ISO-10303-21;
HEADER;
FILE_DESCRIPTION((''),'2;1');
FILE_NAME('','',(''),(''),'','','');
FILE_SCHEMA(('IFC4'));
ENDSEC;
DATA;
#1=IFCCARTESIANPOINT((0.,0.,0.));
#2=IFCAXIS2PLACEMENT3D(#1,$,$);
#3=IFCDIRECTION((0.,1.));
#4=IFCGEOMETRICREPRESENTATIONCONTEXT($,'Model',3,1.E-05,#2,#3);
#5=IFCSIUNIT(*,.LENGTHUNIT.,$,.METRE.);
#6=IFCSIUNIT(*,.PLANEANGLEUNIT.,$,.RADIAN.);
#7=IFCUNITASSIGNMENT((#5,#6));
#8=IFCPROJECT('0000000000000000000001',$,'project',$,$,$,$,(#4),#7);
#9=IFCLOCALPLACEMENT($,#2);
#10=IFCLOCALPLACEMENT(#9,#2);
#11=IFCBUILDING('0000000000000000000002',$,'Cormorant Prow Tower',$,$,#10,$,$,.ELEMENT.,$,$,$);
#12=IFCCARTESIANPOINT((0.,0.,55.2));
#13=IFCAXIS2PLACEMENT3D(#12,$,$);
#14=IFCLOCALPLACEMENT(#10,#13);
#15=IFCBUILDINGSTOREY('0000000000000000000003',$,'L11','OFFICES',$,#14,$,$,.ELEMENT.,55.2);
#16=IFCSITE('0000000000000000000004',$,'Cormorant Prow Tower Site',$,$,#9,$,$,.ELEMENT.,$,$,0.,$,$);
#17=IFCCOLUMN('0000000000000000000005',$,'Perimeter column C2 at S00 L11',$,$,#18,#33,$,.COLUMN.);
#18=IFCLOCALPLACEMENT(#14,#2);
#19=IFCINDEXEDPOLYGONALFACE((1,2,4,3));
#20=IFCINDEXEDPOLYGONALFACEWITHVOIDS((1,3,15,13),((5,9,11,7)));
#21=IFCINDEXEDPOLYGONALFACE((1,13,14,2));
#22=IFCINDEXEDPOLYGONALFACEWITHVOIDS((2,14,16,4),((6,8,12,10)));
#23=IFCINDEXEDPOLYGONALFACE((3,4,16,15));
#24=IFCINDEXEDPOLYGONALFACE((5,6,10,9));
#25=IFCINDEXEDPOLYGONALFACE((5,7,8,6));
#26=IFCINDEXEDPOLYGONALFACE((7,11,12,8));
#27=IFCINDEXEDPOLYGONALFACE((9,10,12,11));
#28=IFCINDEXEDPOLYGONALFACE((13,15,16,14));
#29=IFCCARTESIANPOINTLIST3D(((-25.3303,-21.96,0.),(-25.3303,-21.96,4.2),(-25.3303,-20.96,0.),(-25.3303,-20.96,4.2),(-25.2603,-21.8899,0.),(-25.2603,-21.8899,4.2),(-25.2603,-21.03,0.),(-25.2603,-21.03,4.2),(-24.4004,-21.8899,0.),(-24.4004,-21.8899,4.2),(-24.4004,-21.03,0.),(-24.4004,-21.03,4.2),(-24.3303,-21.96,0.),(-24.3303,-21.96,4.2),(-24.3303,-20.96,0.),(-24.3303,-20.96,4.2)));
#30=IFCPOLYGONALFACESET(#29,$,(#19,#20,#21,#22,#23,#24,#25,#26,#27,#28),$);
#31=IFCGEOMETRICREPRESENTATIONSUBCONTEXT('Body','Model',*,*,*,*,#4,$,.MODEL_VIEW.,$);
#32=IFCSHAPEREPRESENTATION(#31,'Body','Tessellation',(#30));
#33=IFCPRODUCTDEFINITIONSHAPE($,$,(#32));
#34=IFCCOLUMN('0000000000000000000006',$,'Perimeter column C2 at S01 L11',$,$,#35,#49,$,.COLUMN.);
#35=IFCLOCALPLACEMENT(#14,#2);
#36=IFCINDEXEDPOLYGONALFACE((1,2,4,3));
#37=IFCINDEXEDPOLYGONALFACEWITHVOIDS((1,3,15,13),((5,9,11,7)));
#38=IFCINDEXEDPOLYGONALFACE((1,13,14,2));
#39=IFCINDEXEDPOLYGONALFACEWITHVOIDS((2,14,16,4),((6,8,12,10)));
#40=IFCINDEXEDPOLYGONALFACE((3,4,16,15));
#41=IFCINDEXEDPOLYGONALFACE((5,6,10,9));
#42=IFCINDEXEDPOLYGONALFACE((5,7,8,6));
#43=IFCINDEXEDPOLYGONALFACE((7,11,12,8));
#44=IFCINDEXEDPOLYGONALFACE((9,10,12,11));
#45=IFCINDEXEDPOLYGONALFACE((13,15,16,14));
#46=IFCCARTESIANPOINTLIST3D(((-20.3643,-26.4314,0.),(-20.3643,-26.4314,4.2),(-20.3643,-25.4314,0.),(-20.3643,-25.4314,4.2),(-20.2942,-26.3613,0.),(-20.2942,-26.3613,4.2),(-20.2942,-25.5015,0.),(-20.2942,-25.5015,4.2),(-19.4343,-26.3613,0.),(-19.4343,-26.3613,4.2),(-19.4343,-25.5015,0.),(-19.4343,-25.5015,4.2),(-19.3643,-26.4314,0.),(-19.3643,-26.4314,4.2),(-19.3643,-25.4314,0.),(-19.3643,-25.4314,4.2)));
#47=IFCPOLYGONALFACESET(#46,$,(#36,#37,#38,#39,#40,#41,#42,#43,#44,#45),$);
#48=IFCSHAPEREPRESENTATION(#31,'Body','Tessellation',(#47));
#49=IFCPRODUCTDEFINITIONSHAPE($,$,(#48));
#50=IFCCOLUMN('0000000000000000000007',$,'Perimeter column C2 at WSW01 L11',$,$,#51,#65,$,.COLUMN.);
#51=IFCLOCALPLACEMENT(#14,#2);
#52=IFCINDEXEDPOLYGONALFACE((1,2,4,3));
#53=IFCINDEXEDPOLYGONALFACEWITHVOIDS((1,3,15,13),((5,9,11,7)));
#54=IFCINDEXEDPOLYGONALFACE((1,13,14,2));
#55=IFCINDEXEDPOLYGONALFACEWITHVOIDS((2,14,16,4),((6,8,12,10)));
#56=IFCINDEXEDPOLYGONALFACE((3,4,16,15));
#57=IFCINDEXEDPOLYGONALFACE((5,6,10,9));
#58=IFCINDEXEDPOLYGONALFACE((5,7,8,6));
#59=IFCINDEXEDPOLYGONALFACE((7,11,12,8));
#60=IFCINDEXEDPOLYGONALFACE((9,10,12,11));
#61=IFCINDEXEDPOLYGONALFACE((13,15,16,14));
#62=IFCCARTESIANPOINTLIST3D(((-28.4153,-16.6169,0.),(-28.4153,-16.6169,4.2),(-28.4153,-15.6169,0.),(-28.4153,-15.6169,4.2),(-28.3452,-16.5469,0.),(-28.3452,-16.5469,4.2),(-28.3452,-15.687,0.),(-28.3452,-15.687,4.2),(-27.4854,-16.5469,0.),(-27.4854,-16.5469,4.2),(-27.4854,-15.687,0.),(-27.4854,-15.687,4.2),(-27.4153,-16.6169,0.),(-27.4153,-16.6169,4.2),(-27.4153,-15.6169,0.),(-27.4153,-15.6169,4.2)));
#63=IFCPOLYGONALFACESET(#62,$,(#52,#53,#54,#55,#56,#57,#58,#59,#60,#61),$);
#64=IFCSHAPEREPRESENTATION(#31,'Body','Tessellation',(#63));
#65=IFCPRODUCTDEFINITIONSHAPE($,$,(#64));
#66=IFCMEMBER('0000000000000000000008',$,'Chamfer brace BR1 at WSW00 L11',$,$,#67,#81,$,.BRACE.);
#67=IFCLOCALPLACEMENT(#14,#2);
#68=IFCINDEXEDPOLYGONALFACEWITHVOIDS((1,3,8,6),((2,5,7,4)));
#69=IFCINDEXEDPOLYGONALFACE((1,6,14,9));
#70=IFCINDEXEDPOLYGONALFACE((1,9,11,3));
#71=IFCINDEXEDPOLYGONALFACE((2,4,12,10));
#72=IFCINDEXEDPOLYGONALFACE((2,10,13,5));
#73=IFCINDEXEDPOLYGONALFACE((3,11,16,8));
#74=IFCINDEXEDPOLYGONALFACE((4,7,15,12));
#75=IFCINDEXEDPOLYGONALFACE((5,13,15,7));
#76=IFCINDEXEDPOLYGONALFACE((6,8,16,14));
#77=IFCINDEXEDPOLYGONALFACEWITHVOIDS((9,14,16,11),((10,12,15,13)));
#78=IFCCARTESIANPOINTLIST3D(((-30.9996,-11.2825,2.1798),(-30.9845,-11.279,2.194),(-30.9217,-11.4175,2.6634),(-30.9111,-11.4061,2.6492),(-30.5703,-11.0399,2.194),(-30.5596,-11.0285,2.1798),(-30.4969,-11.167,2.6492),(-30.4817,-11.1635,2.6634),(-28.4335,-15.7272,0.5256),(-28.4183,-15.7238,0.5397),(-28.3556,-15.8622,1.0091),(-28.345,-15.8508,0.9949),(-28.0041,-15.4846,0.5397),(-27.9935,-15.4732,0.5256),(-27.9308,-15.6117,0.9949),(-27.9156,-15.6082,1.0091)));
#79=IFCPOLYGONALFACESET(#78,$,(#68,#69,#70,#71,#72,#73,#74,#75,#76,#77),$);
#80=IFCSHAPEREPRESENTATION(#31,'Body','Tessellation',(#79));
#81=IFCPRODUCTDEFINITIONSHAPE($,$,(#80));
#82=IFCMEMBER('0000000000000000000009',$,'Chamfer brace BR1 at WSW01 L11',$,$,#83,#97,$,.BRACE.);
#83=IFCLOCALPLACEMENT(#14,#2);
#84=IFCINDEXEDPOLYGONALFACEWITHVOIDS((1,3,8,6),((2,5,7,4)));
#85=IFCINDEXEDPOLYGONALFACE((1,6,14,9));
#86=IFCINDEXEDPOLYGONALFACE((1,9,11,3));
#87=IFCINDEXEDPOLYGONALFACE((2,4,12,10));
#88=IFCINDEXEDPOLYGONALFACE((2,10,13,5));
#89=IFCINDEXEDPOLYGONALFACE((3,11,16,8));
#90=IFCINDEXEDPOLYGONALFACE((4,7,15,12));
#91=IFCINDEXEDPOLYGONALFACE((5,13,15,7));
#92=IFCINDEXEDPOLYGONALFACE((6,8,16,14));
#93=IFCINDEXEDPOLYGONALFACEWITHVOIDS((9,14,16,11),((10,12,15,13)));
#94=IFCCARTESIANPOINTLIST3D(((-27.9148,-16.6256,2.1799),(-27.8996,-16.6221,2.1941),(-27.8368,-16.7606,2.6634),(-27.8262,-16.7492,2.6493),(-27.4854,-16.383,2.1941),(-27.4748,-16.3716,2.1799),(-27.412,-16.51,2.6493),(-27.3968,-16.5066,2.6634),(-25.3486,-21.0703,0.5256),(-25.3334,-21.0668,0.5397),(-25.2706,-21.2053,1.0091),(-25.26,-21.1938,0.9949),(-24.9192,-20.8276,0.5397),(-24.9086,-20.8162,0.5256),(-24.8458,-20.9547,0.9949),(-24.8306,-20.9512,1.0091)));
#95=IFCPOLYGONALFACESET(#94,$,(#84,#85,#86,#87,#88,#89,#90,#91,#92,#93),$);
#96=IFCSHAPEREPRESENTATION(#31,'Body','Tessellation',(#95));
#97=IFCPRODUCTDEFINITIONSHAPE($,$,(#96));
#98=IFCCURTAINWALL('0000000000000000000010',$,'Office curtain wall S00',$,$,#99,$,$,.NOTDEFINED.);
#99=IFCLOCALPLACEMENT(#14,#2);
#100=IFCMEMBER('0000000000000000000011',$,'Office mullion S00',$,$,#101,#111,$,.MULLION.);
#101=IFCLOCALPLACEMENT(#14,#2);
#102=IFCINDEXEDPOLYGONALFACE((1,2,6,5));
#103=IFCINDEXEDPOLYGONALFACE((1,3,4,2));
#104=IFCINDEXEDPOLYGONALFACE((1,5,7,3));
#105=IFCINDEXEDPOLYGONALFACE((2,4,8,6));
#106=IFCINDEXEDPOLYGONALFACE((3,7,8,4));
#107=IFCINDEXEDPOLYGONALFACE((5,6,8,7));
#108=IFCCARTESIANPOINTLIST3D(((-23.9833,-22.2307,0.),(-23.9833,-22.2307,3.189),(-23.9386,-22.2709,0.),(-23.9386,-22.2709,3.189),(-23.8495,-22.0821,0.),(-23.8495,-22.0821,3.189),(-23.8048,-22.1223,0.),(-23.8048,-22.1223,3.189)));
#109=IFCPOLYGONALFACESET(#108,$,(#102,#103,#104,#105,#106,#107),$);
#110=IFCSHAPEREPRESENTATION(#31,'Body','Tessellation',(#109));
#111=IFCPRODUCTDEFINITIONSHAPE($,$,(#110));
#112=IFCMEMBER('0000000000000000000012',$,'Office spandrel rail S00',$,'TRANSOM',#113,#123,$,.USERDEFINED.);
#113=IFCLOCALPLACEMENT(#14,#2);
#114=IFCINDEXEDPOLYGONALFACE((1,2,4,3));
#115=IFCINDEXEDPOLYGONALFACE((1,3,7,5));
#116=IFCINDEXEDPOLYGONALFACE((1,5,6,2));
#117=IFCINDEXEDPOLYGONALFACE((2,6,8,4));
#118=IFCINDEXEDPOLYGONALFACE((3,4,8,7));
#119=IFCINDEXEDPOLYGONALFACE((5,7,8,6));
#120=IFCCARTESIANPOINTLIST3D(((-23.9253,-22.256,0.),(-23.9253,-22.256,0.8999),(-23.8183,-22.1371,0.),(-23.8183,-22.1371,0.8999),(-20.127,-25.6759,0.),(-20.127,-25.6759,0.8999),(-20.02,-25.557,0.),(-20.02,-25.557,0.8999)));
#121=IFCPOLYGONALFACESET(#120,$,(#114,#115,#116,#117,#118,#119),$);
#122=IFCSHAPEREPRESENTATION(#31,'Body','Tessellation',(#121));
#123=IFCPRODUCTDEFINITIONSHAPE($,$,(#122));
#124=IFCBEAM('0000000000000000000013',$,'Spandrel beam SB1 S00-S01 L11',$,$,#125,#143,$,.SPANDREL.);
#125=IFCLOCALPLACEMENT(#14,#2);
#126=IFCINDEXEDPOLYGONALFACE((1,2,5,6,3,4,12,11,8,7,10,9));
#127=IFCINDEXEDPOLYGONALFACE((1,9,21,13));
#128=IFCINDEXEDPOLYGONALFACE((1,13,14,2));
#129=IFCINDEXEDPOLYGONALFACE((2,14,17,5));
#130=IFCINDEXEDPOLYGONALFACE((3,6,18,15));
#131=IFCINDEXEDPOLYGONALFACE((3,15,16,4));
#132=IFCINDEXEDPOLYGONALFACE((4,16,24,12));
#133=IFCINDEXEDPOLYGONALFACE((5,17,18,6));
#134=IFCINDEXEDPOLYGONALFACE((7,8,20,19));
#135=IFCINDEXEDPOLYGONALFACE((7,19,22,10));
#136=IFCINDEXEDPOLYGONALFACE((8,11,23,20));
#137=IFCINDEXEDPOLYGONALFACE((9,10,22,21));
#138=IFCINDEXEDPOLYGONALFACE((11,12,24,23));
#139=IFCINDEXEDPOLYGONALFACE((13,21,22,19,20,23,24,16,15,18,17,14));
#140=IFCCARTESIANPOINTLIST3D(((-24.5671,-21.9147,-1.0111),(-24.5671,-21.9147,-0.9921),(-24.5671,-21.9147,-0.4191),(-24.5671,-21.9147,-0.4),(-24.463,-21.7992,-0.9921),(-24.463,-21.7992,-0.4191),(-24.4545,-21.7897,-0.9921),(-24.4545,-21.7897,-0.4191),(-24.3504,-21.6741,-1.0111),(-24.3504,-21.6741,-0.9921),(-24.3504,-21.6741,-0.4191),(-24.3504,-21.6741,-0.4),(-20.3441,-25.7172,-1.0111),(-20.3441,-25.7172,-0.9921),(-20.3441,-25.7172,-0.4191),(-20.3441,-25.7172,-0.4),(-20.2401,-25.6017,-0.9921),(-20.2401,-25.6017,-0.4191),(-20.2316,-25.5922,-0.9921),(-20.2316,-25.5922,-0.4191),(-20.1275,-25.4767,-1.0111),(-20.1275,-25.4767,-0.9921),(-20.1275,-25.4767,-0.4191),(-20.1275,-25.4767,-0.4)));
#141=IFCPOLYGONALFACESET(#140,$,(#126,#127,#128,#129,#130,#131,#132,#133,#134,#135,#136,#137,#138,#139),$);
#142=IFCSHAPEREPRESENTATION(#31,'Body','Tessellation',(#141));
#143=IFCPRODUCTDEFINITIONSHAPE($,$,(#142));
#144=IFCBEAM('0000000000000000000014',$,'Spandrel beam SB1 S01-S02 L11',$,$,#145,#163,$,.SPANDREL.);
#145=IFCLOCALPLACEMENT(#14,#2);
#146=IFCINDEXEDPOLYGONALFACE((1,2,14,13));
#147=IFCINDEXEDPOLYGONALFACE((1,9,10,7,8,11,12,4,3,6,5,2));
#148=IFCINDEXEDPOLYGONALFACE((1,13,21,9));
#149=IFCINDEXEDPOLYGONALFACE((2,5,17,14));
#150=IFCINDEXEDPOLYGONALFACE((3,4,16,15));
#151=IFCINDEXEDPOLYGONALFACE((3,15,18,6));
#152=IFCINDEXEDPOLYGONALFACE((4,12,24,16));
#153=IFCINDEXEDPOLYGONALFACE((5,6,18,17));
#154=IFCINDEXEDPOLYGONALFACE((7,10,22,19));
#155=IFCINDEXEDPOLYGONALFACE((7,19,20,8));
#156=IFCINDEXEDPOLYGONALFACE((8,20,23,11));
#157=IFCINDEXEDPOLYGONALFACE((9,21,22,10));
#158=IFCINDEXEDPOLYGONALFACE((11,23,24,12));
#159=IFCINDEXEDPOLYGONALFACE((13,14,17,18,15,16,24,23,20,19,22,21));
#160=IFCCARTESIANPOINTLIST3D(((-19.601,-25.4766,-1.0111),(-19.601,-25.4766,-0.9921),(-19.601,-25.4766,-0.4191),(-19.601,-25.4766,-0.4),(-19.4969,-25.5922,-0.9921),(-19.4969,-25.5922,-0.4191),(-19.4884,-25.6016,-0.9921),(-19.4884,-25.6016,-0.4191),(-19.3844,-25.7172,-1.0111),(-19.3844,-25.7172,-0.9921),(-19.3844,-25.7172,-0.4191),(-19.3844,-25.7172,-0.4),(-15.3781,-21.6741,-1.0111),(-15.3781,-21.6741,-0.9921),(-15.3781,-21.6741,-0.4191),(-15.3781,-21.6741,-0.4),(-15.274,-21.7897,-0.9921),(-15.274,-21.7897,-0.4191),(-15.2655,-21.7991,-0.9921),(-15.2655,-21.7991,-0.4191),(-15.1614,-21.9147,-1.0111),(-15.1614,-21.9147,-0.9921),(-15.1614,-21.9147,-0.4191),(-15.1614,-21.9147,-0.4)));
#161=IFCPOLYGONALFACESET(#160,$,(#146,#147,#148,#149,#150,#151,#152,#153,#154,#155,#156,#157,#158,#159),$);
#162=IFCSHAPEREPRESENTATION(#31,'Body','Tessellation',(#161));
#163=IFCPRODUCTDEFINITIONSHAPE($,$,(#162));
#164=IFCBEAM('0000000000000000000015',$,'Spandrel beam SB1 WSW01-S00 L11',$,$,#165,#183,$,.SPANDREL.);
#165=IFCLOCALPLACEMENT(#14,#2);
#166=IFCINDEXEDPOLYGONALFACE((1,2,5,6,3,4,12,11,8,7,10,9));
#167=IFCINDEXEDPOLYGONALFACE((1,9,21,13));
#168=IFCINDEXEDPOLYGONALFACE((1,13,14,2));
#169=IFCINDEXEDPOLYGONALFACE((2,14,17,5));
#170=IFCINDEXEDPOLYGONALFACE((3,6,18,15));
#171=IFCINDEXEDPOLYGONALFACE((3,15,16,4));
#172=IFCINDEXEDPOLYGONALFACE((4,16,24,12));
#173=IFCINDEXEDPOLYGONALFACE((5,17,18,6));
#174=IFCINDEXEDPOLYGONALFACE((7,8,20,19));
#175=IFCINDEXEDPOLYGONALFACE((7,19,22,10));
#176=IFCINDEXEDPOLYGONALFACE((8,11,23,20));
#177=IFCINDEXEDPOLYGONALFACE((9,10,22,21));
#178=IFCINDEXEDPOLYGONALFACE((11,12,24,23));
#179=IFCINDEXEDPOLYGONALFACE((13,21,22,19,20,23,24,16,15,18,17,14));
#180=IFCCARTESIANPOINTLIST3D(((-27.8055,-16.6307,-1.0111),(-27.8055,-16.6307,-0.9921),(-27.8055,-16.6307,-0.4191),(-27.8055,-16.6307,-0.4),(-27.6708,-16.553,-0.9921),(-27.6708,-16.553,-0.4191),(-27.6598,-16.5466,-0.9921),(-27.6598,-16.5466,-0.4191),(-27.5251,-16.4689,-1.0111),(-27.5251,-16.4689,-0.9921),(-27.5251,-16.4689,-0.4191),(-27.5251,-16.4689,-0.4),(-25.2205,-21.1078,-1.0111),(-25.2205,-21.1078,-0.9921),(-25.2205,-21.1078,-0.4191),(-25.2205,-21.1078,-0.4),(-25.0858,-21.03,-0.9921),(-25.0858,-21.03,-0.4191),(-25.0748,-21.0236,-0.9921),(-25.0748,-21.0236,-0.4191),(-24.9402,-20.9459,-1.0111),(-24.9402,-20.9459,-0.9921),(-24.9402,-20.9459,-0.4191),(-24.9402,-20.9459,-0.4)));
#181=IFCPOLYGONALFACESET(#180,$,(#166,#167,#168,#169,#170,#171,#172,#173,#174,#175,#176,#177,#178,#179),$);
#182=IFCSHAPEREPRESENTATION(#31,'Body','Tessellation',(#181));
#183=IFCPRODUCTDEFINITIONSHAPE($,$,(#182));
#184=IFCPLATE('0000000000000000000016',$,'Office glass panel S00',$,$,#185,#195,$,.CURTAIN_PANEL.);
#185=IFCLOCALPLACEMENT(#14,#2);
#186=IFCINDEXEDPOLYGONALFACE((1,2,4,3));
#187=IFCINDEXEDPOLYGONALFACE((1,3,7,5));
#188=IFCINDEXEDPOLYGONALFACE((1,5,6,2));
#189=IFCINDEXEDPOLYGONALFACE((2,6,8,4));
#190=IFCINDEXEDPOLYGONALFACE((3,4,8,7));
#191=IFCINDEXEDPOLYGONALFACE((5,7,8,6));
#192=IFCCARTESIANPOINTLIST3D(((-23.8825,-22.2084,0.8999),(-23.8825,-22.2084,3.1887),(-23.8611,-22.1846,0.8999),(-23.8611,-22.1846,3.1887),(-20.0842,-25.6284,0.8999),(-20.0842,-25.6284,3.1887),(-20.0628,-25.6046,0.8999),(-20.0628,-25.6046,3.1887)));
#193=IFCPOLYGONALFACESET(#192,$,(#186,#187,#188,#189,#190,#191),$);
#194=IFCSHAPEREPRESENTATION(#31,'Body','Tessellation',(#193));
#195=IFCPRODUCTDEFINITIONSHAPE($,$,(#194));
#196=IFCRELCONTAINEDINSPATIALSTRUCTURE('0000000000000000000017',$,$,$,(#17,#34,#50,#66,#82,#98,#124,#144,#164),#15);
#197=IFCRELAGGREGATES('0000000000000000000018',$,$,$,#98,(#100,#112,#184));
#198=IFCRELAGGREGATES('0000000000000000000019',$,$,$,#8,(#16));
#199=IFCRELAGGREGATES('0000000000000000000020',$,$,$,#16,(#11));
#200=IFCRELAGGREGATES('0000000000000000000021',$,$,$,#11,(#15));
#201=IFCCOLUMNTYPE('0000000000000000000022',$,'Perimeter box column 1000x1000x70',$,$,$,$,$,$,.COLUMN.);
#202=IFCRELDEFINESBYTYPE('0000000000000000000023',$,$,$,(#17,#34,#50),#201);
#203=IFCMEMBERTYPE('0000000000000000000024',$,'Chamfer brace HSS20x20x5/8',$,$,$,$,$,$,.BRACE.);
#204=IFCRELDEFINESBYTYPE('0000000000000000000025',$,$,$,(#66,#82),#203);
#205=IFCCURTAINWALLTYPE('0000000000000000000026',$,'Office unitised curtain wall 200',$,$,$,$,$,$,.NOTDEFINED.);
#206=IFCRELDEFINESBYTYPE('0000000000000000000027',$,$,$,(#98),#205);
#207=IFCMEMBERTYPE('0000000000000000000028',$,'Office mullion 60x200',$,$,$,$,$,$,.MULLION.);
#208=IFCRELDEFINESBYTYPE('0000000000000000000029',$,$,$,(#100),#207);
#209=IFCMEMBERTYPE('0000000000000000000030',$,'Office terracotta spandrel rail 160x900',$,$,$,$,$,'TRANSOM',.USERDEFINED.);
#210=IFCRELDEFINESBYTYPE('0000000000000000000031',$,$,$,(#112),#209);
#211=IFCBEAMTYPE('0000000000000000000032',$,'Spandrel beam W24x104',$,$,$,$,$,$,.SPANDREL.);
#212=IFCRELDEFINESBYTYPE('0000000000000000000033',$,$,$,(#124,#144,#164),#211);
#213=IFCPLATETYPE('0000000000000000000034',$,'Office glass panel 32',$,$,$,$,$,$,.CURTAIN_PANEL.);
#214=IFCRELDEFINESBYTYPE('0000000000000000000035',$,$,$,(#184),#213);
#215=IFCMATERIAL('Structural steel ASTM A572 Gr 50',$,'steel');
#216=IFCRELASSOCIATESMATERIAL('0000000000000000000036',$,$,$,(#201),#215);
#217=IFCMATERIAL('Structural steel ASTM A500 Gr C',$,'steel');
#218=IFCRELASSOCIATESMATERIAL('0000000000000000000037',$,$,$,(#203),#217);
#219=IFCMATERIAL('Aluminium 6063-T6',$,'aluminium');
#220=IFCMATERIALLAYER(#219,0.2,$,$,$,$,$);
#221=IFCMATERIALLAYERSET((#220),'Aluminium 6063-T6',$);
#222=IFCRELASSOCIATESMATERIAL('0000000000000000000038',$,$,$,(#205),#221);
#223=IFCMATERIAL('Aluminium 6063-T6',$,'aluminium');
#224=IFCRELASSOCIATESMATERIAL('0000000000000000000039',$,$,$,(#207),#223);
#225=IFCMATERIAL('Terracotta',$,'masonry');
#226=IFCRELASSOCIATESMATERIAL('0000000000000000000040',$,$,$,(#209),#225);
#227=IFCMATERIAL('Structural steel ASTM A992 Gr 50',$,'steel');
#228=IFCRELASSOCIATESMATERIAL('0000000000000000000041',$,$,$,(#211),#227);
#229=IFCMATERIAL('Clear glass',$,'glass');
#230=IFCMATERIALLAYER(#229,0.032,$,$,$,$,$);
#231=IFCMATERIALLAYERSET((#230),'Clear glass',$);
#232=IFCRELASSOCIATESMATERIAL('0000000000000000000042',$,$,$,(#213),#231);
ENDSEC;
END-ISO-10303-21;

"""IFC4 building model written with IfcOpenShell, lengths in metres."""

from ifc_helpers import new_model, si_unit, direction, frame, origin, origin_2d, place, context, subcontext, project, spatial, rectangle, hollow_rectangle, i_section, extrude, material, layer, layer_set, material_profile, profile_set, type_object, element, aggregate, save


model = new_model("IFC4")

# Units and contexts
model_context = context("Model", 3, precision=1e-05, world=origin(), true_north=direction((0.0, 1.0)))
body_context = subcontext(model_context, "Body", "Model", "MODEL_VIEW")
ifc_project = project(units=[si_unit("LENGTHUNIT", "METRE"), si_unit("PLANEANGLEUNIT", "RADIAN")], contexts=[model_context])

# Site, building, storey
site_placement = place(None, origin())
site = spatial("IfcSite", under=ifc_project, at=site_placement, Name="Cormorant Prow Tower Site", CompositionType="ELEMENT", RefElevation=0.0)
building_placement = place(site_placement, origin())
building = spatial("IfcBuilding", under=site, at=building_placement, Name="Cormorant Prow Tower", CompositionType="ELEMENT")
storey_placement = place(building_placement, frame((0.0, 0.0, 55.2)))
storey = spatial("IfcBuildingStorey", under=building, at=storey_placement, Name="L11", Description="OFFICES", CompositionType="ELEMENT", Elevation=55.2)

# Columns
ifc_material_1 = material(Name="Structural steel ASTM A572 Gr 50", Category="steel")
ifc_material_profile_1 = material_profile(ifc_material_1, hollow_rectangle(XDim=1.0, YDim=1.0, WallThickness=0.0701, at=origin_2d()), Name="Box 1000x1000x70")
ifc_profile_set_1 = profile_set([ifc_material_profile_1], Name="Structural steel ASTM A572 Gr 50")
column_type = type_object("IfcColumnType", Name="Perimeter box column 1000x1000x70", PredefinedType="COLUMN", material=ifc_profile_set_1)
for number, where, z_axis, x_axis, name in (
    (1, (-24.8303, -21.46, 0.0), (0.0, 0.0, 1.0), (1.0, 0.0, 0.0), "Perimeter column C2 at S00 L11"),
    (2, (-19.8643, -25.9314, 0.0), (0.0, 0.0, 1.0), (1.0, 0.0, 0.0), "Perimeter column C2 at S01 L11"),
    (3, (-27.9153, -16.1169, 0.0), (0.0, 0.0, 1.0), (1.0, 0.0, 0.0), "Perimeter column C2 at WSW01 L11"),
):
    element("IfcColumn", number, at=place(storey_placement, frame(where, z_axis=z_axis, x_axis=x_axis)), inside=storey, type_object=column_type, Name=name, PredefinedType="COLUMN", context=body_context, shape_type="SweptSolid", body=[
        extrude(hollow_rectangle(XDim=1.0, YDim=1.0, WallThickness=0.0701, at=origin_2d()), origin(), (0.0, 0.0, 1.0), 4.2),
    ])

# Members
ifc_material_2 = material(Name="Structural steel ASTM A500 Gr C", Category="steel")
ifc_material_profile_2 = material_profile(ifc_material_2, hollow_rectangle(XDim=0.5081, YDim=0.5081, WallThickness=0.0149, at=origin_2d()), Name="HSS20x20x5/8")
ifc_profile_set_2 = profile_set([ifc_material_profile_2], Name="Structural steel ASTM A500 Gr C")
member_type_1 = type_object("IfcMemberType", Name="Chamfer brace HSS20x20x5/8", PredefinedType="BRACE", material=ifc_profile_set_2)
for number, where, z_axis, x_axis, name in (
    (4, (-28.1746, -15.6677, 0.7673), (-0.475882, 0.82427, 0.306781), (-0.86603, -0.499991, 0.0), "Chamfer brace BR1 at WSW00 L11"),
    (5, (-25.0896, -21.0107, 0.7673), (-0.4759, 0.824256, 0.306793), (-0.866018, -0.500012, 0.0), "Chamfer brace BR1 at WSW01 L11"),
):
    element("IfcMember", number, at=place(storey_placement, frame(where, z_axis=z_axis, x_axis=x_axis)), inside=storey, type_object=member_type_1, Name=name, PredefinedType="BRACE", context=body_context, shape_type="SweptSolid", body=[
        extrude(hollow_rectangle(XDim=0.5081, YDim=0.5081, WallThickness=0.0149, at=origin_2d()), origin(), (0.0, 0.0, 1.0), 5.3923),
    ])

# Curtain wall, members
ifc_material_3 = material(Name="Aluminium 6063-T6", Category="aluminium")
ifc_layer_1 = layer(ifc_material_3, 0.2)
ifc_layer_set_1 = layer_set([ifc_layer_1], Name="Aluminium 6063-T6")
curtain_wall_type = type_object("IfcCurtainWallType", Name="Office unitised curtain wall 200", PredefinedType="NOTDEFINED", material=ifc_layer_set_1)
curtain_wall_placement = place(storey_placement, origin())
curtain_wall = element("IfcCurtainWall", 6, at=curtain_wall_placement, inside=storey, type_object=curtain_wall_type, Name="Office curtain wall S00", PredefinedType="NOTDEFINED")
ifc_material_4 = material(Name="Aluminium 6063-T6", Category="aluminium")
ifc_material_profile_3 = material_profile(ifc_material_4, rectangle(XDim=0.2, YDim=0.0601, at=origin_2d()), Name="Office mullion 60x200")
ifc_profile_set_3 = profile_set([ifc_material_profile_3], Name="Aluminium 6063-T6")
member_type_2 = type_object("IfcMemberType", Name="Office mullion 60x200", PredefinedType="MULLION", material=ifc_profile_set_3)
member_1_placement = place(storey_placement, frame((-23.894, -22.1765, 0.0), z_axis=(0.0, 0.0, 1.0), x_axis=(0.669131, 0.743145, 0.0)))
member_1 = element("IfcMember", 7, at=member_1_placement, type_object=member_type_2, Name="Office mullion S00", PredefinedType="MULLION", context=body_context, shape_type="SweptSolid", body=[
    extrude(rectangle(XDim=0.2, YDim=0.0601, at=origin_2d()), origin(), (0.0, 0.0, 1.0), 3.189),
])
ifc_material_5 = material(Name="Terracotta", Category="masonry")
ifc_material_profile_4 = material_profile(ifc_material_5, rectangle(XDim=0.1599, YDim=0.8999, at=origin_2d()), Name="Office terracotta spandrel rail 160x900")
ifc_profile_set_4 = profile_set([ifc_material_profile_4], Name="Terracotta")
member_type_3 = type_object("IfcMemberType", Name="Office terracotta spandrel rail 160x900", ElementType="TRANSOM", PredefinedType="USERDEFINED", material=ifc_profile_set_4)
member_2_placement = place(storey_placement, frame((-23.8718, -22.1965, 0.45), z_axis=(0.743156, -0.669118, 0.0), x_axis=(0.669118, 0.743156, 0.0)))
member_2 = element("IfcMember", 8, at=member_2_placement, type_object=member_type_3, Name="Office spandrel rail S00", ObjectType="TRANSOM", PredefinedType="USERDEFINED", context=body_context, shape_type="SweptSolid", body=[
    extrude(rectangle(XDim=0.1599, YDim=0.8999, at=origin_2d()), origin(), (0.0, 0.0, 1.0), 5.1111),
])

# Beams
ifc_material_6 = material(Name="Structural steel ASTM A992 Gr 50", Category="steel")
ifc_material_profile_5 = material_profile(ifc_material_6, i_section(OverallWidth=0.3237, OverallDepth=0.6111, WebThickness=0.0127, FlangeThickness=0.019, at=origin_2d()), Name="W24x104")
ifc_profile_set_5 = profile_set([ifc_material_profile_5], Name="Structural steel ASTM A992 Gr 50")
beam_type = type_object("IfcBeamType", Name="Spandrel beam W24x104", PredefinedType="SPANDREL", material=ifc_profile_set_5)
for number, where, z_axis, x_axis, name in (
    (9, (-24.4587, -21.7944, -0.7056), (0.74313, -0.669147, 0.0), (0.669147, 0.74313, 0.0), "Spandrel beam SB1 S00-S01 L11"),
    (10, (-19.4927, -25.5969, -0.7056), (0.74313, 0.669147, 0.0), (-0.669147, 0.74313, 0.0), "Spandrel beam SB1 S01-S02 L11"),
):
    element("IfcBeam", number, at=place(storey_placement, frame(where, z_axis=z_axis, x_axis=x_axis)), inside=storey, type_object=beam_type, Name=name, PredefinedType="SPANDREL", context=body_context, shape_type="SweptSolid", body=[
        extrude(i_section(OverallWidth=0.3237, OverallDepth=0.6111, WebThickness=0.0127, FlangeThickness=0.019, at=origin_2d()), origin(), (0.0, 0.0, 1.0), 5.6826),
    ])
beam_placement = place(storey_placement, frame((-27.6653, -16.5498, -0.7056), z_axis=(0.50002, -0.866014, 0.0), x_axis=(0.866014, 0.50002, 0.0)))
element("IfcBeam", 11, at=beam_placement, inside=storey, type_object=beam_type, Name="Spandrel beam SB1 WSW01-S00 L11", PredefinedType="SPANDREL", context=body_context, shape_type="SweptSolid", body=[
    extrude(i_section(OverallWidth=0.3237, OverallDepth=0.6111, WebThickness=0.0127, FlangeThickness=0.019, at=origin_2d()), origin(), (0.0, 0.0, 1.0), 5.1697),
])

# Plate
ifc_material_7 = material(Name="Clear glass", Category="glass")
ifc_layer_2 = layer(ifc_material_7, 0.032)
ifc_layer_set_2 = layer_set([ifc_layer_2], Name="Clear glass")
plate_type = type_object("IfcPlateType", Name="Office glass panel 32", PredefinedType="CURTAIN_PANEL", material=ifc_layer_set_2)
plate_placement = place(storey_placement, frame((-21.9727, -23.9065, 0.8999), z_axis=(0.0, 0.0, 1.0), x_axis=(0.743145, -0.669131, 0.0)))
plate = element("IfcPlate", 12, at=plate_placement, type_object=plate_type, Name="Office glass panel S00", PredefinedType="CURTAIN_PANEL", context=body_context, shape_type="SweptSolid", body=[
    extrude(rectangle(XDim=5.1111, YDim=0.032, at=origin_2d()), origin(), (0.0, 0.0, 1.0), 2.2888),
])
aggregate(curtain_wall, [member_1, member_2, plate])

save(model, "model.ifc")
